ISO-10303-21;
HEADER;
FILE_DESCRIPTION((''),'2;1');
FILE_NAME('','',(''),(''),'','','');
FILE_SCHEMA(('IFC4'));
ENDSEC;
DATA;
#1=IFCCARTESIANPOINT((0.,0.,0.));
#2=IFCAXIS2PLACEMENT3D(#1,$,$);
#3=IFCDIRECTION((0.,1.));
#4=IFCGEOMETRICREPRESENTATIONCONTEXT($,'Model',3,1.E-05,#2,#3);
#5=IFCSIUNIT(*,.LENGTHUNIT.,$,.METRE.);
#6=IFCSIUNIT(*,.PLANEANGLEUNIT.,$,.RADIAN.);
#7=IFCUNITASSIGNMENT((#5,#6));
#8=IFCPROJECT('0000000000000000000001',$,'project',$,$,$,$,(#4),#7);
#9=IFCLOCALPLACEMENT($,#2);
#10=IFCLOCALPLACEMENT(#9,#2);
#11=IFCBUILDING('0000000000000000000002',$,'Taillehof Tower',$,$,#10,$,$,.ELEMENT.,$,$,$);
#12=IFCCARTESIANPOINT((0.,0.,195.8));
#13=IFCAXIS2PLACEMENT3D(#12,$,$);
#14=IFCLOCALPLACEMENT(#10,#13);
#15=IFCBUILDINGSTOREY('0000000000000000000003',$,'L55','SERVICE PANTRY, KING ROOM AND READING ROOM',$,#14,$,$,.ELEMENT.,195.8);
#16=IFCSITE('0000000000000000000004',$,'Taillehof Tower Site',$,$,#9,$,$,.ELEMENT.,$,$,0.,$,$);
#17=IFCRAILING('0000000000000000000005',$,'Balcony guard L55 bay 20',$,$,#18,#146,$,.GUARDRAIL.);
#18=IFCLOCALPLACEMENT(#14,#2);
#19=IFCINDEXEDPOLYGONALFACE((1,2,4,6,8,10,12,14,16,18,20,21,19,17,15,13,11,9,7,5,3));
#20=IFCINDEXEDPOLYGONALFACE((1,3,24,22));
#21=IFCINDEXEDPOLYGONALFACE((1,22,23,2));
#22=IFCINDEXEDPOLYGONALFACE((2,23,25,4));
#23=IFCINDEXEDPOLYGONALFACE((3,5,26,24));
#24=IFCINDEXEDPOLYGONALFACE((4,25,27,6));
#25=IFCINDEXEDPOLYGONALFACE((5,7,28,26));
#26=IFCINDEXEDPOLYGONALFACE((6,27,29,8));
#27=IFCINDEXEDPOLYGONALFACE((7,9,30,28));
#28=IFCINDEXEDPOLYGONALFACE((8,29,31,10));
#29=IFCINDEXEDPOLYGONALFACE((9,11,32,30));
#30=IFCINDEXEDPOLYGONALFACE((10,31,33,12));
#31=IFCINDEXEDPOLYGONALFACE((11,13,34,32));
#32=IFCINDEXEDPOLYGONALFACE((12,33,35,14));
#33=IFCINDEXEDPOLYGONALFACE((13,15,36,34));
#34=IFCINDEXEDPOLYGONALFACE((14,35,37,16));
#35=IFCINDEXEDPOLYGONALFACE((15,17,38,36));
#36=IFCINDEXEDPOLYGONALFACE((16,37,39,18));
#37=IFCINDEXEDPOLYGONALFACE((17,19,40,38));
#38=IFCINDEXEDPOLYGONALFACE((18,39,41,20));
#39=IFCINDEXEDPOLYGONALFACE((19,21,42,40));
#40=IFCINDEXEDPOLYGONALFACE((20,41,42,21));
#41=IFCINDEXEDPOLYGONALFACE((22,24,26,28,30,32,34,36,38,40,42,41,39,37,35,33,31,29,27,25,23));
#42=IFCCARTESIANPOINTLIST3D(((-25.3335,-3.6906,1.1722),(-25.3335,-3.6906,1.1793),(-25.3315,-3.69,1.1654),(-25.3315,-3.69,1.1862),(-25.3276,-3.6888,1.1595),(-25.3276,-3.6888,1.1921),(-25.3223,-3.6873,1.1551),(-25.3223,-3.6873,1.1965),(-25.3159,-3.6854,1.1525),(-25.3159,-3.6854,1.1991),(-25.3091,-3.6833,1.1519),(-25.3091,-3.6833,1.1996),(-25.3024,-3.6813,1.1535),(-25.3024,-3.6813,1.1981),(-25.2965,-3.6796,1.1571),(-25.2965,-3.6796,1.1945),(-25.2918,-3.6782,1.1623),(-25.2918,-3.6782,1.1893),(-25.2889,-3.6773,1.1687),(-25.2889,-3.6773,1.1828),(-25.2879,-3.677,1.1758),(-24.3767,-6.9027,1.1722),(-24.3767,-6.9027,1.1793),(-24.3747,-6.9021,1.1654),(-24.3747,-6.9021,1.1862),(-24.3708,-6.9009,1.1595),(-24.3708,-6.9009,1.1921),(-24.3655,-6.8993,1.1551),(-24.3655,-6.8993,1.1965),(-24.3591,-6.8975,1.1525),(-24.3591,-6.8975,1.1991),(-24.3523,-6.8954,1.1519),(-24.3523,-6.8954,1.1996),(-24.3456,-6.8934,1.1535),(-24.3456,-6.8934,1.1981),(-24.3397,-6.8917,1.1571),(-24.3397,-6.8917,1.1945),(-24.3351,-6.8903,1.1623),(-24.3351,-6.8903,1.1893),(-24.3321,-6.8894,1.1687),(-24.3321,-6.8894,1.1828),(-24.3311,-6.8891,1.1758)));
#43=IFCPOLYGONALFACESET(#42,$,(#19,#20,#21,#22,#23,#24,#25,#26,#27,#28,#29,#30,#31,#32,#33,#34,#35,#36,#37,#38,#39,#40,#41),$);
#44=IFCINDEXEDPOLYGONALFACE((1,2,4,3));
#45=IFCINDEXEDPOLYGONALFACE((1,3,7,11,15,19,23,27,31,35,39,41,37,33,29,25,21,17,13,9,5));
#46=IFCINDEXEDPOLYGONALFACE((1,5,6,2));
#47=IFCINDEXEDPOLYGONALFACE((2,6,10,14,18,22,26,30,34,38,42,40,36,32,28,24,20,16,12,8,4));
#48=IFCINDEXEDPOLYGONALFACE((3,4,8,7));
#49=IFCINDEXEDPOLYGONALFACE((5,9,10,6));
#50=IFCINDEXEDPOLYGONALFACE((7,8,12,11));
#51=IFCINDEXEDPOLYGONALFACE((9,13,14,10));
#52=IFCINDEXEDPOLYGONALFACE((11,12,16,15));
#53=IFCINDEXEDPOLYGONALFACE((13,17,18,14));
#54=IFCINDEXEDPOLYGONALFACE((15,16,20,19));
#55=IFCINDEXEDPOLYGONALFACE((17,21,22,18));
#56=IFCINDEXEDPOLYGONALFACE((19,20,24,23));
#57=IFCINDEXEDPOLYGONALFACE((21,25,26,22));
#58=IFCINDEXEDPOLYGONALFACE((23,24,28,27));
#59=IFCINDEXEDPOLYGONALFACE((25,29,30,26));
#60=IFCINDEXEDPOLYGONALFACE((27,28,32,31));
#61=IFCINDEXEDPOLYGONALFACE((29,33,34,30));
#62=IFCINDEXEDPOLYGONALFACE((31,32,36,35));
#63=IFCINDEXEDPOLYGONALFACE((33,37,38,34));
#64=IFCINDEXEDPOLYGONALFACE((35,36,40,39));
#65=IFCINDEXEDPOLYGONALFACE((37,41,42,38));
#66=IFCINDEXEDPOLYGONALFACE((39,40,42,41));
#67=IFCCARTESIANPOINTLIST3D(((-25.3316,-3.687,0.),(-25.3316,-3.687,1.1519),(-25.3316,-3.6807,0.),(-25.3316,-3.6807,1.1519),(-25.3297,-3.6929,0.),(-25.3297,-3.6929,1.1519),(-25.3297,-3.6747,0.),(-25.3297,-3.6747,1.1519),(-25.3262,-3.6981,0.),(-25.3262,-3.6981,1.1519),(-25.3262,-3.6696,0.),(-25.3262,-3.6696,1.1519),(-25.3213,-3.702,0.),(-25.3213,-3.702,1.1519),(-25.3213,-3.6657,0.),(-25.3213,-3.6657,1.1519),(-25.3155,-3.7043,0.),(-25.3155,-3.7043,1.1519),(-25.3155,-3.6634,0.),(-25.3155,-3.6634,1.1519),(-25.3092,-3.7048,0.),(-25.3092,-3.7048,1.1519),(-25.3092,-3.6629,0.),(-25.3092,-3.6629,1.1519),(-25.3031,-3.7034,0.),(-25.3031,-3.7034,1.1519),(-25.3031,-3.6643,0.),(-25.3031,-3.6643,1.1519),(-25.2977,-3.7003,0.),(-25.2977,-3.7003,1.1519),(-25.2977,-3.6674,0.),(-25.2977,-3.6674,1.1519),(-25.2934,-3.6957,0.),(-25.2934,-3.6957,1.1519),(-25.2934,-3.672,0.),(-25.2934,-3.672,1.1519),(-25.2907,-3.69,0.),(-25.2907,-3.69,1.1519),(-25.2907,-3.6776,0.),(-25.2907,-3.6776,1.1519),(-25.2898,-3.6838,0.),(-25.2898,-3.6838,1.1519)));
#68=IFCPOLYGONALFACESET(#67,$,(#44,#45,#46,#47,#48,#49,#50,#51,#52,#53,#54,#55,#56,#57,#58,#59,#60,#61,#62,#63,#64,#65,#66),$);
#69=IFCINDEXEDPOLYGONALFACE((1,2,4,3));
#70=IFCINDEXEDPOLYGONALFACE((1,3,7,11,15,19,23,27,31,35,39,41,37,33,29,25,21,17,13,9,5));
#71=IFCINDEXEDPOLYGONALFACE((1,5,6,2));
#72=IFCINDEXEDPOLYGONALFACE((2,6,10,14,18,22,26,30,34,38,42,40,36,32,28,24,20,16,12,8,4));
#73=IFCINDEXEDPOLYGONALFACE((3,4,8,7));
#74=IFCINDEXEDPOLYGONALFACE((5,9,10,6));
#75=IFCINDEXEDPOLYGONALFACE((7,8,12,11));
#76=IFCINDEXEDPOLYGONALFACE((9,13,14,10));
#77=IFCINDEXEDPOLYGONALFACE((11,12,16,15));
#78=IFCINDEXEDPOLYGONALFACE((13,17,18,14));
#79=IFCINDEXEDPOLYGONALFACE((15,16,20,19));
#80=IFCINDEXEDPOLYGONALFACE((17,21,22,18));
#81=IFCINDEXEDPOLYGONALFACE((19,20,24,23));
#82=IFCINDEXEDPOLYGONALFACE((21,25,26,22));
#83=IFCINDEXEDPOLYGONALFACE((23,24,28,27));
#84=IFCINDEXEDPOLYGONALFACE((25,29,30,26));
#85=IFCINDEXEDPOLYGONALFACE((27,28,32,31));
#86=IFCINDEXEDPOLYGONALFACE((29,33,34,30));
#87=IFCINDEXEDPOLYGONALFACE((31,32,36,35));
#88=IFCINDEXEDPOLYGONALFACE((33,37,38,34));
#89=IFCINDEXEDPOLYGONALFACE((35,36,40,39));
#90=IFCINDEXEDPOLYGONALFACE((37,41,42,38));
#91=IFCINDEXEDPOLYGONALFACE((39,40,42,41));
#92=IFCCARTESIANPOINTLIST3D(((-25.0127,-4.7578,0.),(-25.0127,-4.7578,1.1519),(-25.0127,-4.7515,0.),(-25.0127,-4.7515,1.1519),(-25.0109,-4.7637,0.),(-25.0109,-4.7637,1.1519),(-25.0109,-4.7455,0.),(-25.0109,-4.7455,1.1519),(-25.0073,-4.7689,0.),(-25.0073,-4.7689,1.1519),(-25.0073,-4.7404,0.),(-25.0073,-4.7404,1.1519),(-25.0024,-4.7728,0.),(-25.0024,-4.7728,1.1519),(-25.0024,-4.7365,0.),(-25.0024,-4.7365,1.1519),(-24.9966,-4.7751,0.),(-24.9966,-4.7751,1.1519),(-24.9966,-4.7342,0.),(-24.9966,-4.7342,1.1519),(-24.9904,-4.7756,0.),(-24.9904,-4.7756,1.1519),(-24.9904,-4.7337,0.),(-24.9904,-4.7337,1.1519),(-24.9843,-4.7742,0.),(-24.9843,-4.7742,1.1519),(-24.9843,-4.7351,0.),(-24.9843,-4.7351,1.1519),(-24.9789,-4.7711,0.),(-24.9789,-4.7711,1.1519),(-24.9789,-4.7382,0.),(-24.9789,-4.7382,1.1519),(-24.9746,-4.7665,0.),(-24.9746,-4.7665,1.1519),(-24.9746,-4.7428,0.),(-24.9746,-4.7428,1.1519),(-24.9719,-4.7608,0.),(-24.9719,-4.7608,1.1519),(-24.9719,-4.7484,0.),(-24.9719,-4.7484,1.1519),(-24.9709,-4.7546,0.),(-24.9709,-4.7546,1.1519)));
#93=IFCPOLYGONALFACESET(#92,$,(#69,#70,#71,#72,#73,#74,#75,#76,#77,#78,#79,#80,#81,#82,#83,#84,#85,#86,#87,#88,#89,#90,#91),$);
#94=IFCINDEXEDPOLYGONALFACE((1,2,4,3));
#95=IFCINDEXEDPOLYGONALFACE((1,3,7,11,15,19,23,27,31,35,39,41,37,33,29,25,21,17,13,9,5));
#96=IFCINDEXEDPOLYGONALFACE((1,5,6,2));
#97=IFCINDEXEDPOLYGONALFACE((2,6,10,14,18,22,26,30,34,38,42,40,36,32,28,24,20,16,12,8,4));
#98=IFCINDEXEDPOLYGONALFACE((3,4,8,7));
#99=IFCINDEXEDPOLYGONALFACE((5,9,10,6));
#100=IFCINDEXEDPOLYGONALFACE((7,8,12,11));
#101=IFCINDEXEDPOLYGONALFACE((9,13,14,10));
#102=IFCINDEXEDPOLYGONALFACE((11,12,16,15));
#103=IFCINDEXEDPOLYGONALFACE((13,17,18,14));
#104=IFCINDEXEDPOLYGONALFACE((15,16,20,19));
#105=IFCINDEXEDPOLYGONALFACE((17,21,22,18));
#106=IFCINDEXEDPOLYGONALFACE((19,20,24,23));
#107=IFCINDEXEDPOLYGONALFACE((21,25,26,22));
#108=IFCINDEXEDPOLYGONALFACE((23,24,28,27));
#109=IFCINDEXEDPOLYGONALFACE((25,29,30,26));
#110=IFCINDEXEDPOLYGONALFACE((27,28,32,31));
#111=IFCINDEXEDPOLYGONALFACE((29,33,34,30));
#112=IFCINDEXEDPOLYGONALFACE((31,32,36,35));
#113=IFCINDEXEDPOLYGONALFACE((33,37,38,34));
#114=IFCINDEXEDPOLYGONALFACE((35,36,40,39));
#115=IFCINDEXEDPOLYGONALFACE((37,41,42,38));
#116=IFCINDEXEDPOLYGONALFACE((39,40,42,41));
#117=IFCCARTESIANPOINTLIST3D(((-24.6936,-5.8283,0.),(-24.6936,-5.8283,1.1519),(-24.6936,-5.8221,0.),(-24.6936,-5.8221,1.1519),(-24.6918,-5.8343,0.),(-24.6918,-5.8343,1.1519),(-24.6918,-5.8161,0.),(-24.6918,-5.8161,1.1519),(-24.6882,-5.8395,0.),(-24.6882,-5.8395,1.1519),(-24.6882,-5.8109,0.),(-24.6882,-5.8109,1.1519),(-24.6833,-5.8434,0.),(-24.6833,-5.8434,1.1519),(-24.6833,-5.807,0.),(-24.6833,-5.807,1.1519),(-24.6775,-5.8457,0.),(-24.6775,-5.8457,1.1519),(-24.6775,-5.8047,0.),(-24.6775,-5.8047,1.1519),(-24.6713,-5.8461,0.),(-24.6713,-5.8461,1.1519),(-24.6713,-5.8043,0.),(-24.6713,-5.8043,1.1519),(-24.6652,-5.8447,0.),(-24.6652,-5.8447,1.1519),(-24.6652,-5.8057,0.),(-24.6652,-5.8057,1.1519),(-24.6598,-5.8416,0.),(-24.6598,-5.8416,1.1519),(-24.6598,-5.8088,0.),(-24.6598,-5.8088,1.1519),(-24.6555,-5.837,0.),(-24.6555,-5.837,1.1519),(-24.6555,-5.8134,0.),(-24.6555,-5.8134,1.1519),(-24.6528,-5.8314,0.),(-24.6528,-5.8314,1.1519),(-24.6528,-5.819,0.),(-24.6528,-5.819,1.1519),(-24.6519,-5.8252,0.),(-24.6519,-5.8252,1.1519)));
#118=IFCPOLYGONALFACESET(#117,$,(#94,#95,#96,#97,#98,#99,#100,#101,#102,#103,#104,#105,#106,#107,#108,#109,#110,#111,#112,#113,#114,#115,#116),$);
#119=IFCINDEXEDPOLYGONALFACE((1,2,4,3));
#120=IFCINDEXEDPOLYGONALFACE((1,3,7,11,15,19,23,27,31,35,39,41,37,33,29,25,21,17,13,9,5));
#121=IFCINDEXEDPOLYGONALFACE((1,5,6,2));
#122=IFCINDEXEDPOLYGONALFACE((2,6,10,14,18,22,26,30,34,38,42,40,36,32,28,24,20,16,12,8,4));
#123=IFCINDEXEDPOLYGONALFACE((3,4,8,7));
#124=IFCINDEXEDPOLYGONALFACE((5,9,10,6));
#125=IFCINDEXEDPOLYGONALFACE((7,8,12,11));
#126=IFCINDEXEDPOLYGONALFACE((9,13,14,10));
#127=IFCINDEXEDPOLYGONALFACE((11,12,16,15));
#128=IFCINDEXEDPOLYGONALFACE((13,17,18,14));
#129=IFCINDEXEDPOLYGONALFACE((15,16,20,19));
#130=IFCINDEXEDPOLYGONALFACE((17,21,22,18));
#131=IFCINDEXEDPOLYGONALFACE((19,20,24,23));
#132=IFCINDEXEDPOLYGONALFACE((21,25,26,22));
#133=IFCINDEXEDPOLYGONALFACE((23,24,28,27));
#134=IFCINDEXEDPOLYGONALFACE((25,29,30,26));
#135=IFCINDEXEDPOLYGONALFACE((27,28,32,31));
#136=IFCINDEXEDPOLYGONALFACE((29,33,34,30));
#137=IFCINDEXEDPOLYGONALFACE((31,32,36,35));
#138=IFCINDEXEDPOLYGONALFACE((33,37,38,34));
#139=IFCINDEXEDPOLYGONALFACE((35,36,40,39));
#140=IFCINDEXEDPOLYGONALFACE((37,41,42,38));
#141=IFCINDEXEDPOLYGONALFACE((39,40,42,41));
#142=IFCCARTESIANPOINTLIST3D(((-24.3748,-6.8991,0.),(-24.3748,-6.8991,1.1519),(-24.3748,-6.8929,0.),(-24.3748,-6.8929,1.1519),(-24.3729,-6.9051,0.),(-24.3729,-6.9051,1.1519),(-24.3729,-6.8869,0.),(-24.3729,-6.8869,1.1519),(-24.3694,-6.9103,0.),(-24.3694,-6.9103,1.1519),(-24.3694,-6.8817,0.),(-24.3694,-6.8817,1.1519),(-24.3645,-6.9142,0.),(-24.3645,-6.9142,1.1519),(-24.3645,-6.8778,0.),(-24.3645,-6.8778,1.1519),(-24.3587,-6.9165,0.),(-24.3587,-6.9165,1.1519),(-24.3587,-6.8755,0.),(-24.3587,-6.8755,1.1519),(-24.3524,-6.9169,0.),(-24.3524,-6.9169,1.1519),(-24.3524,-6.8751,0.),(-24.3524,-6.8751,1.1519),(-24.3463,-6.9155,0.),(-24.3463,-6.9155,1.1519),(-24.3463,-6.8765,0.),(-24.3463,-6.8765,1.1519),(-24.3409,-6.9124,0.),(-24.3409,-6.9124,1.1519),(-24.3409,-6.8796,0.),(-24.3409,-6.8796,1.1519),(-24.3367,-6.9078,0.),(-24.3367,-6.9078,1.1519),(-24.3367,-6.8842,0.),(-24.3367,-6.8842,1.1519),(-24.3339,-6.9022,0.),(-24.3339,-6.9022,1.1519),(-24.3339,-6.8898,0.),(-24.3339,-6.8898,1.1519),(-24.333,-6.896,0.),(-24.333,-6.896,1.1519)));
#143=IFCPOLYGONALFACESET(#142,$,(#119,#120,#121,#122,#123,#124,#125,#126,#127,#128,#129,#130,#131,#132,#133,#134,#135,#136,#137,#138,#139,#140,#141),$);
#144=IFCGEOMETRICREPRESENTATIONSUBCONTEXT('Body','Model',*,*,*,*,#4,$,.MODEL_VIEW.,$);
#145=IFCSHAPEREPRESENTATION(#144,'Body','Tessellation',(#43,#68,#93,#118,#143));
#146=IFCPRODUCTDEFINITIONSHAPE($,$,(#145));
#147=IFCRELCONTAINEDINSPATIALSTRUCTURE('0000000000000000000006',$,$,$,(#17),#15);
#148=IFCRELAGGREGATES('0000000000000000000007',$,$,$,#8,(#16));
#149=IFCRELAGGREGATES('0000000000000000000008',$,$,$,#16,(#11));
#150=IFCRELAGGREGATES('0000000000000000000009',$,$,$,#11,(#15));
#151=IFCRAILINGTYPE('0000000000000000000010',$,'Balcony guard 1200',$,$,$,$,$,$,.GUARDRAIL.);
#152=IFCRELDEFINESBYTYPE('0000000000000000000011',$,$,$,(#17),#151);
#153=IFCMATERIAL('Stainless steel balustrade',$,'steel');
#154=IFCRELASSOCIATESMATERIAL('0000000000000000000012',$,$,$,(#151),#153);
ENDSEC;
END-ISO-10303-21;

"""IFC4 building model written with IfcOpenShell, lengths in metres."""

from ifc_helpers import new_model, si_unit, direction, frame, origin, origin_2d, place, context, subcontext, project, spatial, circle, extrude, material, type_object, element, save


model = new_model("IFC4")

# Units and contexts
model_context = context("Model", 3, precision=1e-05, world=origin(), true_north=direction((0.0, 1.0)))
body_context = subcontext(model_context, "Body", "Model", "MODEL_VIEW")
ifc_project = project(units=[si_unit("LENGTHUNIT", "METRE"), si_unit("PLANEANGLEUNIT", "RADIAN")], contexts=[model_context])

# Site, building, storey
site_placement = place(None, origin())
site = spatial("IfcSite", under=ifc_project, at=site_placement, Name="Taillehof Tower Site", CompositionType="ELEMENT", RefElevation=0.0)
building_placement = place(site_placement, origin())
building = spatial("IfcBuilding", under=site, at=building_placement, Name="Taillehof Tower", CompositionType="ELEMENT")
storey_placement = place(building_placement, frame((0.0, 0.0, 195.8)))
storey = spatial("IfcBuildingStorey", under=building, at=storey_placement, Name="L55", Description="SERVICE PANTRY, KING ROOM AND READING ROOM", CompositionType="ELEMENT", Elevation=195.8)

# Railing
ifc_material_1 = material(Name="Stainless steel balustrade", Category="steel")
railing_type = type_object("IfcRailingType", Name="Balcony guard 1200", PredefinedType="GUARDRAIL", material=ifc_material_1)
railing_placement = place(storey_placement, frame((-25.3108, -3.6838, 0.0)))
element("IfcRailing", 1, at=railing_placement, inside=storey, type_object=railing_type, Name="Balcony guard L55 bay 20", PredefinedType="GUARDRAIL", context=body_context, shape_type="SweptSolid", body=[
    extrude(circle(Radius=0.0239, at=origin_2d()), frame((0.0, 0.0, 1.1758), z_axis=(0.285469, -0.958388, 0.0), x_axis=(0.958388, 0.285469, 0.0)), (0.0, 0.0, 1.0), 3.3516),
    extrude(circle(Radius=0.021, at=origin_2d()), origin(), (0.0, 0.0, 1.0), 1.1519),
    extrude(circle(Radius=0.021, at=origin_2d()), frame((0.3188, -1.0708, 0.0)), (0.0, 0.0, 1.0), 1.1519),
    extrude(circle(Radius=0.021, at=origin_2d()), frame((0.6379, -2.1414, 0.0)), (0.0, 0.0, 1.0), 1.1519),
    extrude(circle(Radius=0.021, at=origin_2d()), frame((0.9568, -3.2122, 0.0)), (0.0, 0.0, 1.0), 1.1519),
])

save(model, "model.ifc")
